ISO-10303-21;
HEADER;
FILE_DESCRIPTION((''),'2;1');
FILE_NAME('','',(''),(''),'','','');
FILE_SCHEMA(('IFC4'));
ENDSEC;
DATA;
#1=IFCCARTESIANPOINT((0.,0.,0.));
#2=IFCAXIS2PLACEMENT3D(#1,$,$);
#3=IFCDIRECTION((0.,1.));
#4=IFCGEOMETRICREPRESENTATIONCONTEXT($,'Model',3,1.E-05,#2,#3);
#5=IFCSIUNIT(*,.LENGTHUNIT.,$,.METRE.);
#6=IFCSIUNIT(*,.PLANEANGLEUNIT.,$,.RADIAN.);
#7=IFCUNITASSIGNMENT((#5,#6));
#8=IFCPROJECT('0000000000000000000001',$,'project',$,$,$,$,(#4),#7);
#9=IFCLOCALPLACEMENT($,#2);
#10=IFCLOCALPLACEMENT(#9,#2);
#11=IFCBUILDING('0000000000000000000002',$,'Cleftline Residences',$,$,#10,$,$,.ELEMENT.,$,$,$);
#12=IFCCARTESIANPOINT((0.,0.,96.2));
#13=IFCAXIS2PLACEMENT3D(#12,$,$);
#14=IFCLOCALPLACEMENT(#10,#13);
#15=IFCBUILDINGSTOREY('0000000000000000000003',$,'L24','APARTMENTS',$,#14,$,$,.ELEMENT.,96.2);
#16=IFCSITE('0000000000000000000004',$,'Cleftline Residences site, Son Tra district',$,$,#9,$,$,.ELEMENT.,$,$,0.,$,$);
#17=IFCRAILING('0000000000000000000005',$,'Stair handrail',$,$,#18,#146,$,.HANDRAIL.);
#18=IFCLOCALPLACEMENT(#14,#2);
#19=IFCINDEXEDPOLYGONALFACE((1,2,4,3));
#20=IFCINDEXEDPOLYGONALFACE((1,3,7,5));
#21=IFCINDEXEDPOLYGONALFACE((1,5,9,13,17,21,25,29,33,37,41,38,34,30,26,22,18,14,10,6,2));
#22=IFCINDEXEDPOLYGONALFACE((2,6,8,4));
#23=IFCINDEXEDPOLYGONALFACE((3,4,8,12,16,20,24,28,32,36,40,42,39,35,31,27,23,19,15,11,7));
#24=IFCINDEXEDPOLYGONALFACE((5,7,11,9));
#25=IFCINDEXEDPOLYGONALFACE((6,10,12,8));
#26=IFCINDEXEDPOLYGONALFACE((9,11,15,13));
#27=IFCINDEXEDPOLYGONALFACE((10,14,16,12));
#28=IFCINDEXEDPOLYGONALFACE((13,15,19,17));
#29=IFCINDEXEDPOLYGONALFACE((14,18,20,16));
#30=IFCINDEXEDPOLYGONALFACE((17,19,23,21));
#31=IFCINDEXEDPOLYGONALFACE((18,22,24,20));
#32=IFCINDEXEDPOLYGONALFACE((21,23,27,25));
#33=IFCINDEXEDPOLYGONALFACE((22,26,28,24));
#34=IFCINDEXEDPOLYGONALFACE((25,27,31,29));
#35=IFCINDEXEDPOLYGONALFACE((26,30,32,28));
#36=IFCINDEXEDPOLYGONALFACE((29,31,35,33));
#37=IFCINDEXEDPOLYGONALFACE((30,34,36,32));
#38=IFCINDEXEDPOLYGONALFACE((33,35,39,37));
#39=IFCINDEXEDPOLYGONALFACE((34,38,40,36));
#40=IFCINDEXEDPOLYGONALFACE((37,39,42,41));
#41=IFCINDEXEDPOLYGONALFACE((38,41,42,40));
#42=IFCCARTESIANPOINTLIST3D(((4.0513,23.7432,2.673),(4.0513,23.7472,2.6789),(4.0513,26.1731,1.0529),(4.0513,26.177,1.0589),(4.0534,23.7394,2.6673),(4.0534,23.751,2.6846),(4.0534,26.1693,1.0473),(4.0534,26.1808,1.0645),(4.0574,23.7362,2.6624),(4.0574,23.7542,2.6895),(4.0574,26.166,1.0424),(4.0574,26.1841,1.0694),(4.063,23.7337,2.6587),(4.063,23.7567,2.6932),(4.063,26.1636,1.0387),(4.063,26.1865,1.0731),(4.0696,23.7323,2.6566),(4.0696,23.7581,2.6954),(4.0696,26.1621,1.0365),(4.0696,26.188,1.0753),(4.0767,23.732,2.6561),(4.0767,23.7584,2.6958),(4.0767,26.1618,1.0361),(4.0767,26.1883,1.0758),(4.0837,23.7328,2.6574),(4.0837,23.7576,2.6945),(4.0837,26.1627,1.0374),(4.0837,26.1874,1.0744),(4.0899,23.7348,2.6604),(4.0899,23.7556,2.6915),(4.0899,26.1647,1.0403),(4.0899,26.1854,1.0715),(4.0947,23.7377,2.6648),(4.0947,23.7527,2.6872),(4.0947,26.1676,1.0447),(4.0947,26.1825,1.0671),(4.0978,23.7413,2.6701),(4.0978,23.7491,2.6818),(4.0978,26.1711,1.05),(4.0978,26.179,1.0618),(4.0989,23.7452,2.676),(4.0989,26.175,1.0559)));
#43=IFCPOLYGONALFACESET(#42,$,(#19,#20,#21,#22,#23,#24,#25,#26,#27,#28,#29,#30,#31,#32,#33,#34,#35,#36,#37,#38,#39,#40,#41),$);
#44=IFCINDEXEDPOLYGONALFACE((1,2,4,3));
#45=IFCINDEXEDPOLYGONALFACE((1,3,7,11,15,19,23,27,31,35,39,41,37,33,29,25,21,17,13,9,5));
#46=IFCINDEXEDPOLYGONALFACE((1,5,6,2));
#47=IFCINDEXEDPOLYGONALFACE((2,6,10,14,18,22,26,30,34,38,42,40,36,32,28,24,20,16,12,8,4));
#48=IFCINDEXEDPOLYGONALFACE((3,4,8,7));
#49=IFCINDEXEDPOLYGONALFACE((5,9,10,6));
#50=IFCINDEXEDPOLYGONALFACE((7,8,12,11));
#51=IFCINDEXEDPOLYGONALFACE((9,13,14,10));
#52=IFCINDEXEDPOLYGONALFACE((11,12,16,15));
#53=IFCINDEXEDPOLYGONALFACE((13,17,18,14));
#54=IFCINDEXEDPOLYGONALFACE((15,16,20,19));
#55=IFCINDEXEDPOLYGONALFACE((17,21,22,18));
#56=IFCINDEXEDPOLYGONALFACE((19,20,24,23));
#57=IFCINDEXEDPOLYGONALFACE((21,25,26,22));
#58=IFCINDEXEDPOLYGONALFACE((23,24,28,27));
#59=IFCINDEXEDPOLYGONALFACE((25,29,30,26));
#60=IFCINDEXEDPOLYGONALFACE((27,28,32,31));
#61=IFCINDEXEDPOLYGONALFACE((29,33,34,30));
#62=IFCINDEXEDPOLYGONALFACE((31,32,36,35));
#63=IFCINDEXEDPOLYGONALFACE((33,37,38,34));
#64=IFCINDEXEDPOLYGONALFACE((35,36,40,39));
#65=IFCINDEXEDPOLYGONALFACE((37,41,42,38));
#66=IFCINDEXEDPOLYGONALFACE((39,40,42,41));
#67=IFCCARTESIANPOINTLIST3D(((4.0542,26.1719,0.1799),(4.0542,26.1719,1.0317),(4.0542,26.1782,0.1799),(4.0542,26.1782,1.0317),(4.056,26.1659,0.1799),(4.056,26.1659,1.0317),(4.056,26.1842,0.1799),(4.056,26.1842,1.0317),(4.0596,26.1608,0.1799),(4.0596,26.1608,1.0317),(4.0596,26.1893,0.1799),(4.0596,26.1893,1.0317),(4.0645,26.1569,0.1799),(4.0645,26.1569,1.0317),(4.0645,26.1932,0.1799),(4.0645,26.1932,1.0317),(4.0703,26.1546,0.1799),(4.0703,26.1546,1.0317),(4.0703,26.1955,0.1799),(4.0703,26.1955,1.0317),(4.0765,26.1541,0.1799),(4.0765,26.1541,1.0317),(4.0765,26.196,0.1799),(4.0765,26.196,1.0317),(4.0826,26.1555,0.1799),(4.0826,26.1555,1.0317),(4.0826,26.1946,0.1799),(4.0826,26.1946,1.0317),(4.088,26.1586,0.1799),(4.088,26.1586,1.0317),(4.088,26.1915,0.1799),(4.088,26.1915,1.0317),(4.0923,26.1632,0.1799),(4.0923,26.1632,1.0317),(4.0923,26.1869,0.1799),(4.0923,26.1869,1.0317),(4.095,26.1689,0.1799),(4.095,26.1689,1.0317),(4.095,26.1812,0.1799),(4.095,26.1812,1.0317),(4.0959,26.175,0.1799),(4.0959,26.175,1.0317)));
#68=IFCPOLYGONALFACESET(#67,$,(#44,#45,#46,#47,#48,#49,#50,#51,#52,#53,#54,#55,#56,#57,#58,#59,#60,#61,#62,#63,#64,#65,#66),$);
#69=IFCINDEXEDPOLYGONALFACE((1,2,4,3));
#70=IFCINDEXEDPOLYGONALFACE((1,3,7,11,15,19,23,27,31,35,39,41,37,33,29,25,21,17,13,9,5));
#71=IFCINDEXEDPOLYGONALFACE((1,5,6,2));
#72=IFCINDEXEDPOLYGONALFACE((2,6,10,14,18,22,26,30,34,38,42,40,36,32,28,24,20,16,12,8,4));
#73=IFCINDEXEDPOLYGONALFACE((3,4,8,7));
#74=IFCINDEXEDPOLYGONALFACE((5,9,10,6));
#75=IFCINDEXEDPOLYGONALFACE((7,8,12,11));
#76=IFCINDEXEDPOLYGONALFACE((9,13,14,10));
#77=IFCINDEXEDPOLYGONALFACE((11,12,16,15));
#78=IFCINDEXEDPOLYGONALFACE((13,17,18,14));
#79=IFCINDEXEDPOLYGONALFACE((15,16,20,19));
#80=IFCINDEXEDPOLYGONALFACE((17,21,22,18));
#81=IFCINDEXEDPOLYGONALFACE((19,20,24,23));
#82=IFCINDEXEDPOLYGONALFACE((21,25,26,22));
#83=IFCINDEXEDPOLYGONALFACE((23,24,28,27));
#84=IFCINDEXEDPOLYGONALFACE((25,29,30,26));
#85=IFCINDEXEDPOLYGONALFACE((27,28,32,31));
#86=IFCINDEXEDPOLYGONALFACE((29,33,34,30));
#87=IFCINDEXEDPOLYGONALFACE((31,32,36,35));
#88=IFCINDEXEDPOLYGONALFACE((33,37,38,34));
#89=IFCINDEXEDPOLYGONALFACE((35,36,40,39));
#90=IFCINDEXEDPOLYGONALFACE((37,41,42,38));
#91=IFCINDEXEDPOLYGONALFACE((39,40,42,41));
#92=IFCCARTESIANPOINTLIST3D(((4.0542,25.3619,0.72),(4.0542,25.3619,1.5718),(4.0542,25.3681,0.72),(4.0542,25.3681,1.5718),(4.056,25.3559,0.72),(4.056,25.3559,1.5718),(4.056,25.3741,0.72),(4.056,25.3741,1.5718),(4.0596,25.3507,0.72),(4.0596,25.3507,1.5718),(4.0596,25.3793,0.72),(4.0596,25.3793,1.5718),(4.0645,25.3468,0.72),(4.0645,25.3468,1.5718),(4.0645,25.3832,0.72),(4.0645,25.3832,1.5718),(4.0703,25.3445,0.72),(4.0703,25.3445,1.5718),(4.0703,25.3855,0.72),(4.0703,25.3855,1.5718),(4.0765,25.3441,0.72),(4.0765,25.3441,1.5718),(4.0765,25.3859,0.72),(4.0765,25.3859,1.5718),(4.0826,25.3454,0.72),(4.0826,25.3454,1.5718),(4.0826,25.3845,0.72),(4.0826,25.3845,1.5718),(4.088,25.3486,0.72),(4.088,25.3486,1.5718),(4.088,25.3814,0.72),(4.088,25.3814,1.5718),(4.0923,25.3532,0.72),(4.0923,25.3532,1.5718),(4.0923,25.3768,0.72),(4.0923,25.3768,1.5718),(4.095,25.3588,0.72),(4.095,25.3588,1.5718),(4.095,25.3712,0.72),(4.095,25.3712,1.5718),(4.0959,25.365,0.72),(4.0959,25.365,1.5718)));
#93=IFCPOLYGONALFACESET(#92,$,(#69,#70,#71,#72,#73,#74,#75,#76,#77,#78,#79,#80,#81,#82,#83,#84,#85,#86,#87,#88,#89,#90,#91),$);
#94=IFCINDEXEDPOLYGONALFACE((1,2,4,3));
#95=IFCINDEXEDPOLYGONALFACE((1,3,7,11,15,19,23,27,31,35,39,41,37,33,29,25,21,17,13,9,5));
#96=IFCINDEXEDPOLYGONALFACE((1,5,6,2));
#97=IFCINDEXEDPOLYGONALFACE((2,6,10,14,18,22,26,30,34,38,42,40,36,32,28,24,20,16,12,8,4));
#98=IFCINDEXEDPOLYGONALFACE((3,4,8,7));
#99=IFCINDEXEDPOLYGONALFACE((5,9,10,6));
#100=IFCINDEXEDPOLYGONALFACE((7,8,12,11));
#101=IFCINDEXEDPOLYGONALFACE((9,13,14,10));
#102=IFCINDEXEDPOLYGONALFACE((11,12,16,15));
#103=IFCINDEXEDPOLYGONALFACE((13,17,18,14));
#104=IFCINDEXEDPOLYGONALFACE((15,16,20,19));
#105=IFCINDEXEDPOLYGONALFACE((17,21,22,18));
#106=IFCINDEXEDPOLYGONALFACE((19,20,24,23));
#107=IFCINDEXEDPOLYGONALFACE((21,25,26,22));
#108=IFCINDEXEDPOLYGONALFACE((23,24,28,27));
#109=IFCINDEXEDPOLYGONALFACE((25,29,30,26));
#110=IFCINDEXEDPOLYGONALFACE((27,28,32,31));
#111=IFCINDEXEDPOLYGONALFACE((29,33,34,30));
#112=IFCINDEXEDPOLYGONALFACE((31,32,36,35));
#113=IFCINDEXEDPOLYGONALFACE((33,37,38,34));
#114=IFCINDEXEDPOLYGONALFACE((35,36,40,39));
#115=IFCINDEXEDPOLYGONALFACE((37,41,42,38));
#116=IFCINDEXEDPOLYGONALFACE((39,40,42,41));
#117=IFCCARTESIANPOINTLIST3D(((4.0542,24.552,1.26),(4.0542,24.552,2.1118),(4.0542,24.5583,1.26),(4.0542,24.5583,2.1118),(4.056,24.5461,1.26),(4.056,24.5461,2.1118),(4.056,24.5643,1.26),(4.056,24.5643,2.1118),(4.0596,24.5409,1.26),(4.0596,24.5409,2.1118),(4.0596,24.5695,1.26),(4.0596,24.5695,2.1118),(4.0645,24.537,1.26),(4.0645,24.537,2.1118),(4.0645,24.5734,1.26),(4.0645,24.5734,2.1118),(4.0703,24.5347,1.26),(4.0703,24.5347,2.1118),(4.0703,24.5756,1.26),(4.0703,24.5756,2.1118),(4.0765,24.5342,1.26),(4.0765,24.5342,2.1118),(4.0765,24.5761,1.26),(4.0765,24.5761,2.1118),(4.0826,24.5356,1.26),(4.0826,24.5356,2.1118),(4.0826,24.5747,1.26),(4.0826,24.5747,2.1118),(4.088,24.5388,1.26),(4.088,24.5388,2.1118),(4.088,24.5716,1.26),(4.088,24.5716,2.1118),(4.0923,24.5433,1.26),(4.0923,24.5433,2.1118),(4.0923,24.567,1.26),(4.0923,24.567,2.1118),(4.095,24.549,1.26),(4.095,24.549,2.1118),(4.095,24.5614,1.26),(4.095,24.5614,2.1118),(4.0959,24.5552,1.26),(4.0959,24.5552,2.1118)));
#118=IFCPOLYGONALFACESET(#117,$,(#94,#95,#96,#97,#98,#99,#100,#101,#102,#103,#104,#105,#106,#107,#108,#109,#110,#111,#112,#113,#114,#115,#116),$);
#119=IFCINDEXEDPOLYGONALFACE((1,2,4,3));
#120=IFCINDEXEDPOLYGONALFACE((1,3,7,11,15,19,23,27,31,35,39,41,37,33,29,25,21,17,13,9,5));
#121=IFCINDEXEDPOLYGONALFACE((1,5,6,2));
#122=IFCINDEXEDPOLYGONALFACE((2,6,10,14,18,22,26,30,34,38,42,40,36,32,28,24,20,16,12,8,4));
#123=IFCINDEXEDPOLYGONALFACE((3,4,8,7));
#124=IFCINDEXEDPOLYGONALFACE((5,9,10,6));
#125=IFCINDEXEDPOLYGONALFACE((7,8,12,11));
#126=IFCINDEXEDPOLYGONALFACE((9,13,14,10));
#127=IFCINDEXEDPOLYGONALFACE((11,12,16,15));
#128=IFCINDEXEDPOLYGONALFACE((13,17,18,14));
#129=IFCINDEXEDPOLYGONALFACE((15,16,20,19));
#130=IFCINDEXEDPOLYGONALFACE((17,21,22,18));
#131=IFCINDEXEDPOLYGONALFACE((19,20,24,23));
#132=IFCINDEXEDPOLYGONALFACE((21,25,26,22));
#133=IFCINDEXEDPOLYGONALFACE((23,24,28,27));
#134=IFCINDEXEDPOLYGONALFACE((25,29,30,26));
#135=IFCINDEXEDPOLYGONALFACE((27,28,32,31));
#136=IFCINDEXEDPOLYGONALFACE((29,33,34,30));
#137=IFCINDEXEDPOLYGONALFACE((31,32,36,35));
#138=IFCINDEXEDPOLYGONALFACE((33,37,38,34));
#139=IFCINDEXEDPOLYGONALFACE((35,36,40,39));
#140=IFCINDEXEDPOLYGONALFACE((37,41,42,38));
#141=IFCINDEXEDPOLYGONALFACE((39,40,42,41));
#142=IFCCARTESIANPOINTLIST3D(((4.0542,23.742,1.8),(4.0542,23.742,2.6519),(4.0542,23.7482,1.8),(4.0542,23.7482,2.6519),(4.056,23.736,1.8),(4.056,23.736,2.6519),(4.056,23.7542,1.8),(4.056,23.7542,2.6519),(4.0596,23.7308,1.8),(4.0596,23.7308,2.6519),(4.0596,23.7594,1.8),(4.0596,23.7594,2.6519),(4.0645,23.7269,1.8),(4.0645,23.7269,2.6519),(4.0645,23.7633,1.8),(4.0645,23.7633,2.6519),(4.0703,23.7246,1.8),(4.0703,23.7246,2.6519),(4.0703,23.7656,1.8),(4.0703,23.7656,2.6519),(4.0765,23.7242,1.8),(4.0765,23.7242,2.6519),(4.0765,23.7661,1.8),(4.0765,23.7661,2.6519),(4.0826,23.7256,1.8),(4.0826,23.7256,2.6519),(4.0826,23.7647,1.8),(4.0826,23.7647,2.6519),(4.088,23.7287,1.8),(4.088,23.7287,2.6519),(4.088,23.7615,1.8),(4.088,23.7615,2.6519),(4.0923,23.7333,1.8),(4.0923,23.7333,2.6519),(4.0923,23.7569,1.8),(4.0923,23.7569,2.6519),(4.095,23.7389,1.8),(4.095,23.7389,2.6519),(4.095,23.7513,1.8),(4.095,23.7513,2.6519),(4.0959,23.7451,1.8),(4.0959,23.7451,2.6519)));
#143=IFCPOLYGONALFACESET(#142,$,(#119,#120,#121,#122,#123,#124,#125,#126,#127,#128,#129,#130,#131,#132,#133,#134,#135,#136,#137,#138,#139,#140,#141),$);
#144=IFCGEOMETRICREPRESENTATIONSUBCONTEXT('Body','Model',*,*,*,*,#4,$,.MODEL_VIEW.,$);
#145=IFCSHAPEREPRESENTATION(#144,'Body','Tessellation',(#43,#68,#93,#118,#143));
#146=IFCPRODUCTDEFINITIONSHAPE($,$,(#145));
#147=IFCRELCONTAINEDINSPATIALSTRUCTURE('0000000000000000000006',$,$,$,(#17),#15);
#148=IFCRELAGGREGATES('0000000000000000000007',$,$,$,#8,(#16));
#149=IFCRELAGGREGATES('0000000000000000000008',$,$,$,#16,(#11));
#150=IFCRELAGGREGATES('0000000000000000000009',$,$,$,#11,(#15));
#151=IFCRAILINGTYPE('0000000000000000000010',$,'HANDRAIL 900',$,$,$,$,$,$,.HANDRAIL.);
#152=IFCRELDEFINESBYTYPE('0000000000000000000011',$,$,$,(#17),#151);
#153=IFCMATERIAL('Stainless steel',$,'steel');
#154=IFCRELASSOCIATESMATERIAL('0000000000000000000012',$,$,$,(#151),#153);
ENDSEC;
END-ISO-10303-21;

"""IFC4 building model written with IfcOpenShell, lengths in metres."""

from ifc_helpers import new_model, si_unit, direction, frame, origin, origin_2d, place, context, subcontext, project, spatial, circle, extrude, material, type_object, element, save


model = new_model("IFC4")

# Units and contexts
model_context = context("Model", 3, precision=1e-05, world=origin(), true_north=direction((0.0, 1.0)))
body_context = subcontext(model_context, "Body", "Model", "MODEL_VIEW")
ifc_project = project(units=[si_unit("LENGTHUNIT", "METRE"), si_unit("PLANEANGLEUNIT", "RADIAN")], contexts=[model_context])

# Site, building, storey
site_placement = place(None, origin())
site = spatial("IfcSite", under=ifc_project, at=site_placement, Name="Cleftline Residences site, Son Tra district", CompositionType="ELEMENT", RefElevation=0.0)
building_placement = place(site_placement, origin())
building = spatial("IfcBuilding", under=site, at=building_placement, Name="Cleftline Residences", CompositionType="ELEMENT")
storey_placement = place(building_placement, frame((0.0, 0.0, 96.2)))
storey = spatial("IfcBuildingStorey", under=building, at=storey_placement, Name="L24", Description="APARTMENTS", CompositionType="ELEMENT", Elevation=96.2)

# Railing
ifc_material_1 = material(Name="Stainless steel", Category="steel")
railing_type = type_object("IfcRailingType", Name="HANDRAIL 900", PredefinedType="HANDRAIL", material=ifc_material_1)
railing_1_placement = place(storey_placement, frame((4.075, 26.175, 0.1799)))
element("IfcRailing", 1, at=railing_1_placement, inside=storey, type_object=railing_type, Name="Stair handrail", PredefinedType="HANDRAIL", context=body_context, shape_type="SweptSolid", body=[
    extrude(circle(Radius=0.0239, at=origin_2d()), frame((0.0, 0.0, 0.876), z_axis=(0.0, -0.832025, 0.554739), x_axis=(1.0, 0.0, 0.0)), (0.0, 0.0, 1.0), 2.9204),
    extrude(circle(Radius=0.021, at=origin_2d()), origin(), (0.0, 0.0, 1.0), 0.8518),
    extrude(circle(Radius=0.021, at=origin_2d()), frame((0.0, -0.8101, 0.54)), (0.0, 0.0, 1.0), 0.8518),
    extrude(circle(Radius=0.021, at=origin_2d()), frame((0.0, -1.6199, 1.0801)), (0.0, 0.0, 1.0), 0.8518),
    extrude(circle(Radius=0.021, at=origin_2d()), frame((0.0, -2.4299, 1.6201)), (0.0, 0.0, 1.0), 0.8518),
])

save(model, "model.ifc")
